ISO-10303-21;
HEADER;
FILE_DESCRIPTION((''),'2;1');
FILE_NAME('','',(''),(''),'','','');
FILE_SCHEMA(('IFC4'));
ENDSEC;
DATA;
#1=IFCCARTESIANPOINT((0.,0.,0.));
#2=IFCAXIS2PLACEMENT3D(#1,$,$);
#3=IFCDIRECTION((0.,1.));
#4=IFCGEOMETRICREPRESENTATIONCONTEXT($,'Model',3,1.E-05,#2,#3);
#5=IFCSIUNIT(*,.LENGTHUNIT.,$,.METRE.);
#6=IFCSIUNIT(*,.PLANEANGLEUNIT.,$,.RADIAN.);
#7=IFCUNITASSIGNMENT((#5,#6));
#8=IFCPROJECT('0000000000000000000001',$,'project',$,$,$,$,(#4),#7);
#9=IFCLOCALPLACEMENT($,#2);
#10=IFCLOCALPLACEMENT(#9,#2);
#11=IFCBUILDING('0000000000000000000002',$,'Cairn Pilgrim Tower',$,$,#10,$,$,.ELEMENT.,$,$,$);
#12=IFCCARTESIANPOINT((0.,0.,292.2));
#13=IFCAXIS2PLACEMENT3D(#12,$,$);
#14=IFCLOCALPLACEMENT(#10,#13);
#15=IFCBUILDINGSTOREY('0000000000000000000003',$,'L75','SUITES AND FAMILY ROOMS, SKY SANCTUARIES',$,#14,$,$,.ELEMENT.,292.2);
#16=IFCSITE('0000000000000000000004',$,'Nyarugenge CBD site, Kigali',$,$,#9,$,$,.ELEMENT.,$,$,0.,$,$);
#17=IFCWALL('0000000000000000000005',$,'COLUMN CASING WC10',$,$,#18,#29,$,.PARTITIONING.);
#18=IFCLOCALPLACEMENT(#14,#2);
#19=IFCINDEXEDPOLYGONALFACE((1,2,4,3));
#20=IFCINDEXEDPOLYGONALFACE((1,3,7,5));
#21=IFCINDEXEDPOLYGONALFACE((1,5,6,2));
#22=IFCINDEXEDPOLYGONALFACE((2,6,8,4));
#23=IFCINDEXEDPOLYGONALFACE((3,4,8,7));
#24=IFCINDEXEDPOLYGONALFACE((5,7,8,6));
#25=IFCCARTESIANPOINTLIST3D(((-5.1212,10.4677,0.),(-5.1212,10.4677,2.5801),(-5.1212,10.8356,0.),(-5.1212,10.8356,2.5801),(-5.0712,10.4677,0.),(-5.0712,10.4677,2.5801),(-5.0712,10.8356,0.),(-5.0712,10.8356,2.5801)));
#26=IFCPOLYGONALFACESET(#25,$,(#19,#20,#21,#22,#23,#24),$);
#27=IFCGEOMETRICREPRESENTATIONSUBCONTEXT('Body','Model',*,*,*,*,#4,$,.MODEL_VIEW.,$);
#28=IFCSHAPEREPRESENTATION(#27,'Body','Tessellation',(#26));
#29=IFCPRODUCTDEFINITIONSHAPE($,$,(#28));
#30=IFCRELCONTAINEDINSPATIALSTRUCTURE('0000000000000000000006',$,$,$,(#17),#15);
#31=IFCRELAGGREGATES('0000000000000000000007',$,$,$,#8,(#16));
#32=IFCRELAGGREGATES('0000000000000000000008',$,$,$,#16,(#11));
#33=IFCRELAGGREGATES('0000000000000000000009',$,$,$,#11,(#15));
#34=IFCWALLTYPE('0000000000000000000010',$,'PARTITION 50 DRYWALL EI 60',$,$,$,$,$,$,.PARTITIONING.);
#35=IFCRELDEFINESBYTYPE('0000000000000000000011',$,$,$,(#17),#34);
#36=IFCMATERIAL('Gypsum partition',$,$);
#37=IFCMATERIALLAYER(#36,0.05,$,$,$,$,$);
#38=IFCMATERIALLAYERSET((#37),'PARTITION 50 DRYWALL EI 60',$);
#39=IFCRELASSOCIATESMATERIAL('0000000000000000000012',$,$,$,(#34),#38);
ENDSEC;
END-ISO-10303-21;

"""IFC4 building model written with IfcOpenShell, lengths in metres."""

from ifc_helpers import new_model, si_unit, direction, frame, frame_2d, origin, place, context, subcontext, project, spatial, rectangle, extrude, material, layer, layer_set, type_object, element, save


model = new_model("IFC4")

# Units and contexts
model_context = context("Model", 3, precision=1e-05, world=origin(), true_north=direction((0.0, 1.0)))
body_context = subcontext(model_context, "Body", "Model", "MODEL_VIEW")
ifc_project = project(units=[si_unit("LENGTHUNIT", "METRE"), si_unit("PLANEANGLEUNIT", "RADIAN")], contexts=[model_context])

# Site, building, storey
site_placement = place(None, origin())
site = spatial("IfcSite", under=ifc_project, at=site_placement, Name="Nyarugenge CBD site, Kigali", CompositionType="ELEMENT", RefElevation=0.0)
building_placement = place(site_placement, origin())
building = spatial("IfcBuilding", under=site, at=building_placement, Name="Cairn Pilgrim Tower", CompositionType="ELEMENT")
storey_placement = place(building_placement, frame((0.0, 0.0, 292.2)))
storey = spatial("IfcBuildingStorey", under=building, at=storey_placement, Name="L75", Description="SUITES AND FAMILY ROOMS, SKY SANCTUARIES", CompositionType="ELEMENT", Elevation=292.2)

# Shared definitions
ifc_material_1 = material(Name="Gypsum partition")

# Wall
ifc_layer_1 = layer(ifc_material_1, 0.05)
ifc_layer_set_1 = layer_set([ifc_layer_1], Name="PARTITION 50 DRYWALL EI 60")
wall_type_1 = type_object("IfcWallType", Name="PARTITION 50 DRYWALL EI 60", PredefinedType="PARTITIONING", material=ifc_layer_set_1)
wall_1_placement = place(storey_placement, frame((-5.0962, 10.4675, 0.0), z_axis=(0.0, 0.0, 1.0), x_axis=(0.0, 1.0, 0.0)))
element("IfcWall", 1, at=wall_1_placement, inside=storey, type_object=wall_type_1, Name="COLUMN CASING WC10", PredefinedType="PARTITIONING", context=body_context, shape_type="SweptSolid", body=[
    extrude(rectangle(XDim=0.3679, YDim=0.05, at=frame_2d((0.1841, 0.0))), origin(), (0.0, 0.0, 1.0), 2.5801),
])

save(model, "model.ifc")
